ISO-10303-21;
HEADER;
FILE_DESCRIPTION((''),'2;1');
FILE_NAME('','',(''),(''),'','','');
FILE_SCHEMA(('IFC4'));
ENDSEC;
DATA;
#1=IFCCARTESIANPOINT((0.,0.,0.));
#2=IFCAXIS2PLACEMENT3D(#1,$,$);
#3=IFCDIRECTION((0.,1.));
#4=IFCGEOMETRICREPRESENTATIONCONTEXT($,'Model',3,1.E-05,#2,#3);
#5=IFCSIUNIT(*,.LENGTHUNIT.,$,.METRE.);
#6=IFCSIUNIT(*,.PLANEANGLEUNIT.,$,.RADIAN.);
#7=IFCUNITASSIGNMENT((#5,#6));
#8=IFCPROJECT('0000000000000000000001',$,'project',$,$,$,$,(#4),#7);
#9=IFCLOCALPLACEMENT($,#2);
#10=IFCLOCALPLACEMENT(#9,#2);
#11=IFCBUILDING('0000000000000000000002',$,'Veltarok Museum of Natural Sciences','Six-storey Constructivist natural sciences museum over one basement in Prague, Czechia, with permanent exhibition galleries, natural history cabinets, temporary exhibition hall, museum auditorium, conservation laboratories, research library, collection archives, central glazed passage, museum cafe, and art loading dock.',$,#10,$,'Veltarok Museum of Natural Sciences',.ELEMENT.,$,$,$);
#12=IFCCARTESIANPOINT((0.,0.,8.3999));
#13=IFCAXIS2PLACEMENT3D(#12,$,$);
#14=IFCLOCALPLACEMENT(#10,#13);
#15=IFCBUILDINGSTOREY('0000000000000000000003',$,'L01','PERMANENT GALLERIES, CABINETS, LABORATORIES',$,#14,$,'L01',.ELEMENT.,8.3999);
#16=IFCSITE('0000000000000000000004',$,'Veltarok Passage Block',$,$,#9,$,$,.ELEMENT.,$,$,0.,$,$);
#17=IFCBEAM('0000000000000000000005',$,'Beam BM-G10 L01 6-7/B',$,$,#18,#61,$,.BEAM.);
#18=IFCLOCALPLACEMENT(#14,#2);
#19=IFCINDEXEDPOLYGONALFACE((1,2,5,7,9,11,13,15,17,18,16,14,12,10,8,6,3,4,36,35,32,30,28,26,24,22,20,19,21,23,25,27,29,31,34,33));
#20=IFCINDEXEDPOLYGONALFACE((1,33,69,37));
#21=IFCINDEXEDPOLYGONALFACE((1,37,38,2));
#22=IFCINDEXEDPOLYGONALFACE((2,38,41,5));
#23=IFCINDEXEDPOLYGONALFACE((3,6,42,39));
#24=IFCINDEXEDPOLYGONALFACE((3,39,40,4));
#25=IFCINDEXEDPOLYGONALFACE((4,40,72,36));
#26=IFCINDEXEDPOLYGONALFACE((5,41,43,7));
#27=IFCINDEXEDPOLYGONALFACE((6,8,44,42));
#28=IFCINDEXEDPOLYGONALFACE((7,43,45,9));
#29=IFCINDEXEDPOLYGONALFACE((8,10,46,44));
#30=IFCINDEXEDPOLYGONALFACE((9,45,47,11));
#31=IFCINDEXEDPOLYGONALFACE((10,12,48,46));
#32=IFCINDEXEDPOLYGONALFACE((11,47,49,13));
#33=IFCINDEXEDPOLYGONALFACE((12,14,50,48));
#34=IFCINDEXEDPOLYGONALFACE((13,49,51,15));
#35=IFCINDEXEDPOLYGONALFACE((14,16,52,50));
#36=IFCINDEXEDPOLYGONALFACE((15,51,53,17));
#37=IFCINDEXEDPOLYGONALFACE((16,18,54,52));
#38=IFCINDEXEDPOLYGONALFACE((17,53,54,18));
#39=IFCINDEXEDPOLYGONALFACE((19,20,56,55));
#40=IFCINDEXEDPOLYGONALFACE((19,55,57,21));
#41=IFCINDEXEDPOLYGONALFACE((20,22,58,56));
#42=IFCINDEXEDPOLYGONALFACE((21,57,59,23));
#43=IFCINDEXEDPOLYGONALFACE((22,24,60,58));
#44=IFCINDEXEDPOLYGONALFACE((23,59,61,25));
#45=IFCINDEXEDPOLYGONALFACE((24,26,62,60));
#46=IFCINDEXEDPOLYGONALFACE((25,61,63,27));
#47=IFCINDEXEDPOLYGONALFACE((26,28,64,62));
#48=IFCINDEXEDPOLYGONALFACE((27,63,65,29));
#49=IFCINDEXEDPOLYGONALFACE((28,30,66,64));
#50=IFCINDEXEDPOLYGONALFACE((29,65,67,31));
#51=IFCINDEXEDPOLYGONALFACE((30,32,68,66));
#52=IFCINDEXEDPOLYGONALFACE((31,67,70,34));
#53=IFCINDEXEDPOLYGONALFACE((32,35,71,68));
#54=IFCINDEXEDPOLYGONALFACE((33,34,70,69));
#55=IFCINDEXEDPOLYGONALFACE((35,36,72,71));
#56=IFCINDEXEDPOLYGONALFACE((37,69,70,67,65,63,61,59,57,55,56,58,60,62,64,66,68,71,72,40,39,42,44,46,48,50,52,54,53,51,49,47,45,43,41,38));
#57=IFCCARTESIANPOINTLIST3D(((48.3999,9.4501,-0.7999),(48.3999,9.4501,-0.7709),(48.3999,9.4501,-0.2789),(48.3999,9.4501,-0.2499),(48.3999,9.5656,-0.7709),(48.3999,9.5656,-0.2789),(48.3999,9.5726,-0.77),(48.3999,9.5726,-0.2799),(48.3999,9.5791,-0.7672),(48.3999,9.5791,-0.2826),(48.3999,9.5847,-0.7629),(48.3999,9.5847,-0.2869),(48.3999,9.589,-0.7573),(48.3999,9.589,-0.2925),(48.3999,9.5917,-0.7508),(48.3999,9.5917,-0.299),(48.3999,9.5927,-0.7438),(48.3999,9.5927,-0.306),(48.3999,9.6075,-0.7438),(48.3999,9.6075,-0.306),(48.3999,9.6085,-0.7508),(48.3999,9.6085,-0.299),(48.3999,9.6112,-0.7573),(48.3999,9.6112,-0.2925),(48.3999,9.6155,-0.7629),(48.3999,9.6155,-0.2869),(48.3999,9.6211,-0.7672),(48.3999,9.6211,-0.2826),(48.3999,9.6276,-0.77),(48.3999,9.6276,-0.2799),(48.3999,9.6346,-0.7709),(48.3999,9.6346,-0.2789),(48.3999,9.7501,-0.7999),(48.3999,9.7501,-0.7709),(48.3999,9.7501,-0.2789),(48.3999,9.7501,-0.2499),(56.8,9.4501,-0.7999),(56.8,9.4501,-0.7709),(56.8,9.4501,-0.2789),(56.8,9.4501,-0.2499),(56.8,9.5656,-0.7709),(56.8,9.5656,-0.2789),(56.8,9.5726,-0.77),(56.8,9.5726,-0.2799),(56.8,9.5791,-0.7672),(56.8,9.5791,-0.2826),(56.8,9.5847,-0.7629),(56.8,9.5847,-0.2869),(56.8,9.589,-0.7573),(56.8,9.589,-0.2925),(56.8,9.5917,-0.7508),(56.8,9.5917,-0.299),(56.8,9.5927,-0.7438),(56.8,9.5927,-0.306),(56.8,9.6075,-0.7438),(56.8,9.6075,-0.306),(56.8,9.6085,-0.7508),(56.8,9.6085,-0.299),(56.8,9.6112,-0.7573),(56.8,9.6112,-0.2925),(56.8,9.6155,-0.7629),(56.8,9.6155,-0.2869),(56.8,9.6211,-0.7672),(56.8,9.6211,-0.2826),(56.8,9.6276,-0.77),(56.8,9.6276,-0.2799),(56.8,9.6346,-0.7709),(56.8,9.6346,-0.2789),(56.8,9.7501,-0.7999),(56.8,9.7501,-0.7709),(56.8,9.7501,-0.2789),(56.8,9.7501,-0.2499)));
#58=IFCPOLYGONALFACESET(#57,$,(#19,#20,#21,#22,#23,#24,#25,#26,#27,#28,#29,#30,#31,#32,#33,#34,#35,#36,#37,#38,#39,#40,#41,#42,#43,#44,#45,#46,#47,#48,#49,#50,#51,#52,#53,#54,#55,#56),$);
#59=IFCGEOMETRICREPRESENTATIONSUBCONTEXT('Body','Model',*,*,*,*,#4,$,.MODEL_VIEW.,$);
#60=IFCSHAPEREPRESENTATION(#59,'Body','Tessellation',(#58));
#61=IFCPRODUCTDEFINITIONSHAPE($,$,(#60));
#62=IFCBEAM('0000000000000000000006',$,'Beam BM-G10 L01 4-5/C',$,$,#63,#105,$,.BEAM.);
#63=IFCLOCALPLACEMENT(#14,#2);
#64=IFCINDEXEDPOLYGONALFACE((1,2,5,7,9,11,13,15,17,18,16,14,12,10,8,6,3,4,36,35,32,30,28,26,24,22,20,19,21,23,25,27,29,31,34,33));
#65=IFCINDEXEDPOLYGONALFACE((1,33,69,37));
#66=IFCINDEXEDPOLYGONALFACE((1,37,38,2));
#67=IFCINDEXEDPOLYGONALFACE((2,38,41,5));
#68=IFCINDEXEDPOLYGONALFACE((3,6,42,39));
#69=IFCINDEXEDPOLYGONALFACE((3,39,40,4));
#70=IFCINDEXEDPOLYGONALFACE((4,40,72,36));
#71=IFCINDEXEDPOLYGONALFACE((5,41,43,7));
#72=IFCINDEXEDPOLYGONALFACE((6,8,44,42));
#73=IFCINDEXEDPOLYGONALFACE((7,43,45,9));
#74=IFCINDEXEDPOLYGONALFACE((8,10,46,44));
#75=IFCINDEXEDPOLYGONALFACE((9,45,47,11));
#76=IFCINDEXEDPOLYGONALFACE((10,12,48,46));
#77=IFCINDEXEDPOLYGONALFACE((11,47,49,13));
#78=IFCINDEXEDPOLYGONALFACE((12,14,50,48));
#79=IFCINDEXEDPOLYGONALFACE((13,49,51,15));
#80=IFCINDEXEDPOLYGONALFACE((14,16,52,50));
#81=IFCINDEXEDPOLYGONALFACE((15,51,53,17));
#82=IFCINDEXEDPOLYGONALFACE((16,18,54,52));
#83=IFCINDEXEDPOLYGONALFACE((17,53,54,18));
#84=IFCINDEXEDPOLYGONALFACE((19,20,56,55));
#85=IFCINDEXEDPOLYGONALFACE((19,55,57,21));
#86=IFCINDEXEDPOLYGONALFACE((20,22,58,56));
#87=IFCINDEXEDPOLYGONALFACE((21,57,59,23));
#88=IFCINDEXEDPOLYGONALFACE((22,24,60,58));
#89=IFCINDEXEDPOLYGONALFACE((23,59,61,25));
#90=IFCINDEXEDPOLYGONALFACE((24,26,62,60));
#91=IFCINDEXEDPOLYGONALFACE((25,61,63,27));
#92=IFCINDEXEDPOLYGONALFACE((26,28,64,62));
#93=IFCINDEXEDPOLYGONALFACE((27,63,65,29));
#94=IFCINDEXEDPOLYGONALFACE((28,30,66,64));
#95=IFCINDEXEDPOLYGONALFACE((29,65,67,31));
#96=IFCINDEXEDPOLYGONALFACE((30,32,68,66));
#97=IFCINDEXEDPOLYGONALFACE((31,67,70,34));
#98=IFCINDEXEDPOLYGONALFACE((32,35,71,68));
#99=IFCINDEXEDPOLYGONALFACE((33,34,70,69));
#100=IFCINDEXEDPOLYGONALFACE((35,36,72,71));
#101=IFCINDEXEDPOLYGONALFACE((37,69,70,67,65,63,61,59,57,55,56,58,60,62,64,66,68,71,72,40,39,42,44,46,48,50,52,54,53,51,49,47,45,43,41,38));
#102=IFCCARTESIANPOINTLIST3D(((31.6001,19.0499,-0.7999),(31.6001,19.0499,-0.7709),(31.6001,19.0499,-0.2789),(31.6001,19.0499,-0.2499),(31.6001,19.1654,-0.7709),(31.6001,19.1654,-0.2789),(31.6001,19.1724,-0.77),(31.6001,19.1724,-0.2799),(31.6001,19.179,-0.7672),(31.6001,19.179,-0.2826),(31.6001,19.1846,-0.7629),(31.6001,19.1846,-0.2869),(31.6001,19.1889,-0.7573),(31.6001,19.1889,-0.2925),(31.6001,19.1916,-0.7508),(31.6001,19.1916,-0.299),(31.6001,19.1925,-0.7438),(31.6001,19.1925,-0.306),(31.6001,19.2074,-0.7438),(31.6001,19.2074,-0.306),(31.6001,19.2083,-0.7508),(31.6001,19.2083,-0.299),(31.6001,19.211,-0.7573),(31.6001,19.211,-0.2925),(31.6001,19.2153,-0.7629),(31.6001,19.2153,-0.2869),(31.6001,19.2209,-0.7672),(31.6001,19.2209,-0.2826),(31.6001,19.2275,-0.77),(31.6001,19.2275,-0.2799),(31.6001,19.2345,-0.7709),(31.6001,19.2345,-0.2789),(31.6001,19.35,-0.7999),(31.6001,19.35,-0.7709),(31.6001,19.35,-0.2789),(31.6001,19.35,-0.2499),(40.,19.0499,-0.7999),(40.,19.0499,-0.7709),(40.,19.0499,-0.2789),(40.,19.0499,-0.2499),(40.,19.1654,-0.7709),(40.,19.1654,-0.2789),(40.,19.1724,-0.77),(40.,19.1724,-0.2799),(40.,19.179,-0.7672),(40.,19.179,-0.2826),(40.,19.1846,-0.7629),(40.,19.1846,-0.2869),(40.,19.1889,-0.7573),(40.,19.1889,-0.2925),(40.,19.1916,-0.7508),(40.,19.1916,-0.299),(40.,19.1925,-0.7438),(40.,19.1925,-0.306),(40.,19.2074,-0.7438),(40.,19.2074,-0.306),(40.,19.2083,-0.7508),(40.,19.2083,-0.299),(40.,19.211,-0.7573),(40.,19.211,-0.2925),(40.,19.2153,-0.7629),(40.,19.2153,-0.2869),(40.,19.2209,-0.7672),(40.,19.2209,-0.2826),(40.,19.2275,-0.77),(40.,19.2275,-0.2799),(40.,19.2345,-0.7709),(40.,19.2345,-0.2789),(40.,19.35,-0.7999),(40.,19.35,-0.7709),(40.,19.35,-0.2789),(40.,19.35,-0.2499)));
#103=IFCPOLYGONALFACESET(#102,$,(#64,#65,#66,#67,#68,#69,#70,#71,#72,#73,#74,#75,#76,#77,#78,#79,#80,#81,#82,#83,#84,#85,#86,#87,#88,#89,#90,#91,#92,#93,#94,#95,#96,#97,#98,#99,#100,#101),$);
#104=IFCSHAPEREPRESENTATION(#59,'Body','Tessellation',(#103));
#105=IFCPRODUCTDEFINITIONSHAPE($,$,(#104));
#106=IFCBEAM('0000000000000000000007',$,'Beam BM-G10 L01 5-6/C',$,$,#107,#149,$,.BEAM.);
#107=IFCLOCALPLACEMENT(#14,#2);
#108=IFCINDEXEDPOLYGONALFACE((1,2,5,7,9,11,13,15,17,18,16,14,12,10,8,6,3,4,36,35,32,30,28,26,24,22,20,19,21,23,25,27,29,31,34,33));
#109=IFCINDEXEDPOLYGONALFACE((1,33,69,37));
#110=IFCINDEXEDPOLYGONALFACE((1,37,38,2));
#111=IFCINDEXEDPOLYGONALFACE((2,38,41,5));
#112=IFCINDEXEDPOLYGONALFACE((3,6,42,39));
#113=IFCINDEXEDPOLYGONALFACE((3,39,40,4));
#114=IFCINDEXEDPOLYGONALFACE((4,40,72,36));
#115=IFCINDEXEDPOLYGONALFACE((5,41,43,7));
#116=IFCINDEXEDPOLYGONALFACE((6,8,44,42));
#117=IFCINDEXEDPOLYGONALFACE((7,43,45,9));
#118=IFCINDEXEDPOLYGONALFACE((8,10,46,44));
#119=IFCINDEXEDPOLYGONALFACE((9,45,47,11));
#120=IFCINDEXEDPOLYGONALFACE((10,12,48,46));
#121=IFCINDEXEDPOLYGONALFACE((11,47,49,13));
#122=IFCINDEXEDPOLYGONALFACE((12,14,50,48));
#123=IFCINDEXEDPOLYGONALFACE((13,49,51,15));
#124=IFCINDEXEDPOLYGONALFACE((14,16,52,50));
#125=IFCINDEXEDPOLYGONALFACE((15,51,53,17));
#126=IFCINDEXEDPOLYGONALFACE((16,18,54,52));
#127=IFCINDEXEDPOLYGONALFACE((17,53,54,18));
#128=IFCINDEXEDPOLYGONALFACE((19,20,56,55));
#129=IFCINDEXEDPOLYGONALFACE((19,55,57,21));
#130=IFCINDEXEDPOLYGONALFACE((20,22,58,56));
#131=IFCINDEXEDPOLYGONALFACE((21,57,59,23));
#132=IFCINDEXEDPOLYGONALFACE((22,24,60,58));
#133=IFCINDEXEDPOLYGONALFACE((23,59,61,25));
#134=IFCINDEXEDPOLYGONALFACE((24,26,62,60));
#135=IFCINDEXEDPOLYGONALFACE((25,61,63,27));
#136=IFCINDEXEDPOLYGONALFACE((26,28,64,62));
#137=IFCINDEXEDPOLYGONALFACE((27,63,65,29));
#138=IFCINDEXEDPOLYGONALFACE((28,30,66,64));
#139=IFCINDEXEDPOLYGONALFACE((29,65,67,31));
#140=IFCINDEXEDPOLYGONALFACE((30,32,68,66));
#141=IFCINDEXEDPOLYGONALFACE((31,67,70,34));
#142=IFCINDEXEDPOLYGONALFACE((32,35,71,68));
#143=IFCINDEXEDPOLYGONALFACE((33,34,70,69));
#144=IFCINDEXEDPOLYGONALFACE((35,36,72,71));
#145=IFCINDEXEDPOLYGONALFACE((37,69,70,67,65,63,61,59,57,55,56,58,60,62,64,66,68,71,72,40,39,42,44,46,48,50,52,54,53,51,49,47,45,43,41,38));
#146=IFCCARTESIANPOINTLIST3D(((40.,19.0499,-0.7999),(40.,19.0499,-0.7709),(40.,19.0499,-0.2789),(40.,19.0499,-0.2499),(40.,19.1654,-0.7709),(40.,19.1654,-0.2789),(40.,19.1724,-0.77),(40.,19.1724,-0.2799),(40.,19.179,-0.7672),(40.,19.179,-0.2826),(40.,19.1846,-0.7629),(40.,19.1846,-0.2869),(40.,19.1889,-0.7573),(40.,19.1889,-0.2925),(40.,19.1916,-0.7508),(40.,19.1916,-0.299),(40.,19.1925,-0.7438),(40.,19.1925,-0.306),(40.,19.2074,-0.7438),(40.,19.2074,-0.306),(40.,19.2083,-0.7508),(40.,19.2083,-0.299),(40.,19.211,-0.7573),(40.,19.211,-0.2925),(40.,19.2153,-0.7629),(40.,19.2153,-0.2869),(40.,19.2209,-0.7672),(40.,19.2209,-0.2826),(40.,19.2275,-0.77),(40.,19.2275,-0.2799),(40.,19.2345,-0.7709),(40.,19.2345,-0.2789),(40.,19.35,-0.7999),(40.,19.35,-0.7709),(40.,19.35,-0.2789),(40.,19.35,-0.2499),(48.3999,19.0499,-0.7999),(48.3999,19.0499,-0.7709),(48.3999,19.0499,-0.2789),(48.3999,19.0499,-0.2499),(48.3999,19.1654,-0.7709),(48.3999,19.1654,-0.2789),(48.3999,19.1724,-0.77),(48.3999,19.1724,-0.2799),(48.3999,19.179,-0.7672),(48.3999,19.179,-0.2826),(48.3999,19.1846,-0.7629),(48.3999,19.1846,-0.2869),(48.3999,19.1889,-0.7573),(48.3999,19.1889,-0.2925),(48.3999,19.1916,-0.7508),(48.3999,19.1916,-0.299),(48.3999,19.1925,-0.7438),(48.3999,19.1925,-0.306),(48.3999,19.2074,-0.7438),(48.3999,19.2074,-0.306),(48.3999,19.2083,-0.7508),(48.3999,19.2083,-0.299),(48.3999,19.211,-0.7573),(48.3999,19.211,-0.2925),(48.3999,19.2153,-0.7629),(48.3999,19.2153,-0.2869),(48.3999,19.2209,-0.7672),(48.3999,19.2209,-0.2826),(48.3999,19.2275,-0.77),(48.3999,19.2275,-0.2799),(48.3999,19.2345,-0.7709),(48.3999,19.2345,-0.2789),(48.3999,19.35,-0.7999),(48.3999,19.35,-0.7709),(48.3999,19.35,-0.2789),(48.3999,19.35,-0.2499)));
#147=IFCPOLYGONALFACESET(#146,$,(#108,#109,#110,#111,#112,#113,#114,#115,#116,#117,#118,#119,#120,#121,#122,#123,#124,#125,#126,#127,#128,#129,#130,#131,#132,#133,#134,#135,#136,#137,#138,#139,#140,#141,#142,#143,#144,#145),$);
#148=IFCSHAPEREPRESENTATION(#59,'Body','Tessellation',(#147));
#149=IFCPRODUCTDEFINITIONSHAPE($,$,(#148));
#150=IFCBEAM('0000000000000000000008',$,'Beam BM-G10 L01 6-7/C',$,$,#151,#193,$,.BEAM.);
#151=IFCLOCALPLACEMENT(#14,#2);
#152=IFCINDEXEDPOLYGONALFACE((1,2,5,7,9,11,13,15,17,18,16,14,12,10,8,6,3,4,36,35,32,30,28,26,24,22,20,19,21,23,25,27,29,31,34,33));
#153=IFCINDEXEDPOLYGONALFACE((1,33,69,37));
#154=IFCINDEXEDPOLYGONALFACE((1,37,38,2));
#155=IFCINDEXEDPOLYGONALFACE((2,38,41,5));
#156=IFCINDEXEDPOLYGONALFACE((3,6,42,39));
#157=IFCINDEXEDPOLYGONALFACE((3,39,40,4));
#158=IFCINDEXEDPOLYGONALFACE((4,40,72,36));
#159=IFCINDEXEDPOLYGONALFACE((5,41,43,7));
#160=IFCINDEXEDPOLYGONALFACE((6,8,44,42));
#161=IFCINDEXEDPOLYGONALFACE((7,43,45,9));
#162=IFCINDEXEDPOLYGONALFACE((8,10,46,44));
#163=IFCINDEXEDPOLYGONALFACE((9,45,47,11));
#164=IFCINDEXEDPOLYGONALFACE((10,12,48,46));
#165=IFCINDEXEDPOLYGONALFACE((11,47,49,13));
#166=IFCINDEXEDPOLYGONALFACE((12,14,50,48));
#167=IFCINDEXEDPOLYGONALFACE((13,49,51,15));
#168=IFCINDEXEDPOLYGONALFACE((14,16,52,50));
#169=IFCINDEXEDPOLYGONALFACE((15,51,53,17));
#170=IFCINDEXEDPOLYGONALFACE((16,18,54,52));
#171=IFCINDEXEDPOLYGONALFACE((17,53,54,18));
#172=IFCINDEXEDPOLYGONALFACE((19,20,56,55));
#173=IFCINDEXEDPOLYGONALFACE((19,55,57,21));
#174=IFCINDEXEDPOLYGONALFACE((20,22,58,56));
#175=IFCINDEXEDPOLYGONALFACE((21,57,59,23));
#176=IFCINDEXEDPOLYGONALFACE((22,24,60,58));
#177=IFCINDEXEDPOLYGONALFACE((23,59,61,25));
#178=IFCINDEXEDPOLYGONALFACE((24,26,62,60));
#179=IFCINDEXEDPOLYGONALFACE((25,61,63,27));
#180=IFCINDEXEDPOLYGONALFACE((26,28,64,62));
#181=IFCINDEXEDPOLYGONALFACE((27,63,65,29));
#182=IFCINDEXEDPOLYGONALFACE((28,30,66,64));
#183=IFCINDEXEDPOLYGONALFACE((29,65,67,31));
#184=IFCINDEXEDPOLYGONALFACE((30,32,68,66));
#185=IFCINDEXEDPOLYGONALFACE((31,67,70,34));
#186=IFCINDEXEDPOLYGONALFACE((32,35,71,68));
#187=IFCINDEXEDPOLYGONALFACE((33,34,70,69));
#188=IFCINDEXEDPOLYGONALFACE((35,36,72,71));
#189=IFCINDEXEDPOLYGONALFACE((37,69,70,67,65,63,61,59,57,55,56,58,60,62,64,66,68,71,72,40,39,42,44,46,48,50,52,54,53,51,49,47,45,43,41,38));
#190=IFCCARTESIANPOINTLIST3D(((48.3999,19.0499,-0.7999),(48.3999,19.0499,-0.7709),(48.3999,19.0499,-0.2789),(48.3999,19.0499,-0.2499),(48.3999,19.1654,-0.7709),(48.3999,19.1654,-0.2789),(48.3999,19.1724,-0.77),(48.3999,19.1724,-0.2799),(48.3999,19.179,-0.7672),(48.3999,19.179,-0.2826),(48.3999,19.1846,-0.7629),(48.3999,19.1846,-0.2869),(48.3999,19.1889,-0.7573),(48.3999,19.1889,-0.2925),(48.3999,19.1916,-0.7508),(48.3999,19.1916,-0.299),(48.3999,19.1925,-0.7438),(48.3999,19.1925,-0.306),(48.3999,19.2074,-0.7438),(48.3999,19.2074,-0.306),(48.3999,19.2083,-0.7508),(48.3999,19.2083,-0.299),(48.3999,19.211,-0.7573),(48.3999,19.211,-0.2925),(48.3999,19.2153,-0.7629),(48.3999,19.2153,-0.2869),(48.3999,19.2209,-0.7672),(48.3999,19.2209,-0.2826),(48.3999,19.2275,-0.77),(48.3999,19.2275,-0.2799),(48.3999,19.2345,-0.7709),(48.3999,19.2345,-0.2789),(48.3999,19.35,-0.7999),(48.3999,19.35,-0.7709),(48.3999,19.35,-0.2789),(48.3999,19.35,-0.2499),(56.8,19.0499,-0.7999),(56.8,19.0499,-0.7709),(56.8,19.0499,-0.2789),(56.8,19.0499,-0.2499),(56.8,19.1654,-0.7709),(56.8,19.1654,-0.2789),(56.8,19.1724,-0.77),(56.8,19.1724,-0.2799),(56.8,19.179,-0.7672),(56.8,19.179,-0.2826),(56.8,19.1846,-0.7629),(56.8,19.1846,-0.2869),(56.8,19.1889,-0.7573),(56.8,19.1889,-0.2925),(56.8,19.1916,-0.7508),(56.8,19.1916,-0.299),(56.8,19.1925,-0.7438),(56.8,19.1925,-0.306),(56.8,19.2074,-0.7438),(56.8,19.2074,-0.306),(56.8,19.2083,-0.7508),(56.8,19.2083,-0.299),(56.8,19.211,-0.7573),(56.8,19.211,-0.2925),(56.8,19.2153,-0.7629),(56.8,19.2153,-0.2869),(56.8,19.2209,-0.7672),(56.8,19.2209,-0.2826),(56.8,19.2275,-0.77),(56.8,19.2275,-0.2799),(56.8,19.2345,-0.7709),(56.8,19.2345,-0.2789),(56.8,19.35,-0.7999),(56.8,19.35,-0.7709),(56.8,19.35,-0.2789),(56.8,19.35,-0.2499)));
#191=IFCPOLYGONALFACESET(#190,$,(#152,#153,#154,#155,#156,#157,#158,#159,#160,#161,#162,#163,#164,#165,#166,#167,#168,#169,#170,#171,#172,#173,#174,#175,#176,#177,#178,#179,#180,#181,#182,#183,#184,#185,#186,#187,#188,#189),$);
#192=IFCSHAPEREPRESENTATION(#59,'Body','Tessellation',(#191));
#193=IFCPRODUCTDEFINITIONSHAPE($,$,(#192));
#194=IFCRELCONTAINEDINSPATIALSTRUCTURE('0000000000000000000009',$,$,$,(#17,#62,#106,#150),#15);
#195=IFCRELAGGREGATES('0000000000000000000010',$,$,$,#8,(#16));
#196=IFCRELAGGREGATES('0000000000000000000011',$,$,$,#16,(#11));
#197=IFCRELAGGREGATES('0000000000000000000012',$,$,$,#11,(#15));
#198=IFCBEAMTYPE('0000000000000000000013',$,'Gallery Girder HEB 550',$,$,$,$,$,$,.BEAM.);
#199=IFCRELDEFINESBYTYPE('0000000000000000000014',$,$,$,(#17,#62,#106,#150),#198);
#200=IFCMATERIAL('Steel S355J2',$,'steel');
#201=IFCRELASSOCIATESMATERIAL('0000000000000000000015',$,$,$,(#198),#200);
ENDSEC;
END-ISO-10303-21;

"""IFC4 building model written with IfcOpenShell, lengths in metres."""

from ifc_helpers import new_model, si_unit, direction, frame, origin, origin_2d, place, context, subcontext, project, spatial, i_section, extrude, material, material_profile, profile_set, type_object, element, save


model = new_model("IFC4")

# Units and contexts
model_context = context("Model", 3, precision=1e-05, world=origin(), true_north=direction((0.0, 1.0)))
body_context = subcontext(model_context, "Body", "Model", "MODEL_VIEW")
ifc_project = project(units=[si_unit("LENGTHUNIT", "METRE"), si_unit("PLANEANGLEUNIT", "RADIAN")], contexts=[model_context])

# Site, building, storey
site_placement = place(None, origin())
site = spatial("IfcSite", under=ifc_project, at=site_placement, Name="Veltarok Passage Block", CompositionType="ELEMENT", RefElevation=0.0)
building_placement = place(site_placement, origin())
building = spatial("IfcBuilding", under=site, at=building_placement, Name="Veltarok Museum of Natural Sciences", Description="Six-storey Constructivist natural sciences museum over one basement in Prague, Czechia, with permanent exhibition galleries, natural history cabinets, temporary exhibition hall, museum auditorium, conservation laboratories, research library, collection archives, central glazed passage, museum cafe, and art loading dock.", LongName="Veltarok Museum of Natural Sciences", CompositionType="ELEMENT")
storey_placement = place(building_placement, frame((0.0, 0.0, 8.3999)))
storey = spatial("IfcBuildingStorey", under=building, at=storey_placement, Name="L01", Description="PERMANENT GALLERIES, CABINETS, LABORATORIES", LongName="L01", CompositionType="ELEMENT", Elevation=8.3999)

# Shared definitions
ifc_material_1 = material(Name="Steel S355J2", Category="steel")

# Beams
ifc_material_profile_1 = material_profile(ifc_material_1, i_section(OverallWidth=0.3, OverallDepth=0.55, WebThickness=0.0149, FlangeThickness=0.0291, FilletRadius=0.0271, at=origin_2d()), Name="HEB 550")
ifc_profile_set_1 = profile_set([ifc_material_profile_1], Name="Steel S355J2")
beam_type_1 = type_object("IfcBeamType", Name="Gallery Girder HEB 550", PredefinedType="BEAM", material=ifc_profile_set_1)
beam_1_placement = place(storey_placement, frame((48.3999, 9.6001, -0.5249), z_axis=(1.0, 0.0, 0.0), x_axis=(0.0, 1.0, 0.0)))
element("IfcBeam", 1, at=beam_1_placement, inside=storey, type_object=beam_type_1, Name="Beam BM-G10 L01 6-7/B", PredefinedType="BEAM", context=body_context, shape_type="SweptSolid", body=[
    extrude(i_section(OverallWidth=0.3, OverallDepth=0.55, WebThickness=0.0149, FlangeThickness=0.0291, FilletRadius=0.0271, at=origin_2d()), origin(), (0.0, 0.0, 1.0), 8.4001),
])
for number, where, z_axis, x_axis, name in (
    (2, (31.6001, 19.2, -0.5249), (1.0, 0.0, 0.0), (0.0, 1.0, 0.0), "Beam BM-G10 L01 4-5/C"),
    (3, (40.0, 19.2, -0.5249), (1.0, 0.0, 0.0), (0.0, 1.0, 0.0), "Beam BM-G10 L01 5-6/C"),
):
    element("IfcBeam", number, at=place(storey_placement, frame(where, z_axis=z_axis, x_axis=x_axis)), inside=storey, type_object=beam_type_1, Name=name, PredefinedType="BEAM", context=body_context, shape_type="SweptSolid", body=[
        extrude(i_section(OverallWidth=0.3, OverallDepth=0.55, WebThickness=0.0149, FlangeThickness=0.0291, FilletRadius=0.0271, at=origin_2d()), origin(), (0.0, 0.0, 1.0), 8.3999),
    ])
beam_2_placement = place(storey_placement, frame((48.3999, 19.2, -0.5249), z_axis=(1.0, 0.0, 0.0), x_axis=(0.0, 1.0, 0.0)))
element("IfcBeam", 4, at=beam_2_placement, inside=storey, type_object=beam_type_1, Name="Beam BM-G10 L01 6-7/C", PredefinedType="BEAM", context=body_context, shape_type="SweptSolid", body=[
    extrude(i_section(OverallWidth=0.3, OverallDepth=0.55, WebThickness=0.0149, FlangeThickness=0.0291, FilletRadius=0.0271, at=origin_2d()), origin(), (0.0, 0.0, 1.0), 8.4001),
])

save(model, "model.ifc")
